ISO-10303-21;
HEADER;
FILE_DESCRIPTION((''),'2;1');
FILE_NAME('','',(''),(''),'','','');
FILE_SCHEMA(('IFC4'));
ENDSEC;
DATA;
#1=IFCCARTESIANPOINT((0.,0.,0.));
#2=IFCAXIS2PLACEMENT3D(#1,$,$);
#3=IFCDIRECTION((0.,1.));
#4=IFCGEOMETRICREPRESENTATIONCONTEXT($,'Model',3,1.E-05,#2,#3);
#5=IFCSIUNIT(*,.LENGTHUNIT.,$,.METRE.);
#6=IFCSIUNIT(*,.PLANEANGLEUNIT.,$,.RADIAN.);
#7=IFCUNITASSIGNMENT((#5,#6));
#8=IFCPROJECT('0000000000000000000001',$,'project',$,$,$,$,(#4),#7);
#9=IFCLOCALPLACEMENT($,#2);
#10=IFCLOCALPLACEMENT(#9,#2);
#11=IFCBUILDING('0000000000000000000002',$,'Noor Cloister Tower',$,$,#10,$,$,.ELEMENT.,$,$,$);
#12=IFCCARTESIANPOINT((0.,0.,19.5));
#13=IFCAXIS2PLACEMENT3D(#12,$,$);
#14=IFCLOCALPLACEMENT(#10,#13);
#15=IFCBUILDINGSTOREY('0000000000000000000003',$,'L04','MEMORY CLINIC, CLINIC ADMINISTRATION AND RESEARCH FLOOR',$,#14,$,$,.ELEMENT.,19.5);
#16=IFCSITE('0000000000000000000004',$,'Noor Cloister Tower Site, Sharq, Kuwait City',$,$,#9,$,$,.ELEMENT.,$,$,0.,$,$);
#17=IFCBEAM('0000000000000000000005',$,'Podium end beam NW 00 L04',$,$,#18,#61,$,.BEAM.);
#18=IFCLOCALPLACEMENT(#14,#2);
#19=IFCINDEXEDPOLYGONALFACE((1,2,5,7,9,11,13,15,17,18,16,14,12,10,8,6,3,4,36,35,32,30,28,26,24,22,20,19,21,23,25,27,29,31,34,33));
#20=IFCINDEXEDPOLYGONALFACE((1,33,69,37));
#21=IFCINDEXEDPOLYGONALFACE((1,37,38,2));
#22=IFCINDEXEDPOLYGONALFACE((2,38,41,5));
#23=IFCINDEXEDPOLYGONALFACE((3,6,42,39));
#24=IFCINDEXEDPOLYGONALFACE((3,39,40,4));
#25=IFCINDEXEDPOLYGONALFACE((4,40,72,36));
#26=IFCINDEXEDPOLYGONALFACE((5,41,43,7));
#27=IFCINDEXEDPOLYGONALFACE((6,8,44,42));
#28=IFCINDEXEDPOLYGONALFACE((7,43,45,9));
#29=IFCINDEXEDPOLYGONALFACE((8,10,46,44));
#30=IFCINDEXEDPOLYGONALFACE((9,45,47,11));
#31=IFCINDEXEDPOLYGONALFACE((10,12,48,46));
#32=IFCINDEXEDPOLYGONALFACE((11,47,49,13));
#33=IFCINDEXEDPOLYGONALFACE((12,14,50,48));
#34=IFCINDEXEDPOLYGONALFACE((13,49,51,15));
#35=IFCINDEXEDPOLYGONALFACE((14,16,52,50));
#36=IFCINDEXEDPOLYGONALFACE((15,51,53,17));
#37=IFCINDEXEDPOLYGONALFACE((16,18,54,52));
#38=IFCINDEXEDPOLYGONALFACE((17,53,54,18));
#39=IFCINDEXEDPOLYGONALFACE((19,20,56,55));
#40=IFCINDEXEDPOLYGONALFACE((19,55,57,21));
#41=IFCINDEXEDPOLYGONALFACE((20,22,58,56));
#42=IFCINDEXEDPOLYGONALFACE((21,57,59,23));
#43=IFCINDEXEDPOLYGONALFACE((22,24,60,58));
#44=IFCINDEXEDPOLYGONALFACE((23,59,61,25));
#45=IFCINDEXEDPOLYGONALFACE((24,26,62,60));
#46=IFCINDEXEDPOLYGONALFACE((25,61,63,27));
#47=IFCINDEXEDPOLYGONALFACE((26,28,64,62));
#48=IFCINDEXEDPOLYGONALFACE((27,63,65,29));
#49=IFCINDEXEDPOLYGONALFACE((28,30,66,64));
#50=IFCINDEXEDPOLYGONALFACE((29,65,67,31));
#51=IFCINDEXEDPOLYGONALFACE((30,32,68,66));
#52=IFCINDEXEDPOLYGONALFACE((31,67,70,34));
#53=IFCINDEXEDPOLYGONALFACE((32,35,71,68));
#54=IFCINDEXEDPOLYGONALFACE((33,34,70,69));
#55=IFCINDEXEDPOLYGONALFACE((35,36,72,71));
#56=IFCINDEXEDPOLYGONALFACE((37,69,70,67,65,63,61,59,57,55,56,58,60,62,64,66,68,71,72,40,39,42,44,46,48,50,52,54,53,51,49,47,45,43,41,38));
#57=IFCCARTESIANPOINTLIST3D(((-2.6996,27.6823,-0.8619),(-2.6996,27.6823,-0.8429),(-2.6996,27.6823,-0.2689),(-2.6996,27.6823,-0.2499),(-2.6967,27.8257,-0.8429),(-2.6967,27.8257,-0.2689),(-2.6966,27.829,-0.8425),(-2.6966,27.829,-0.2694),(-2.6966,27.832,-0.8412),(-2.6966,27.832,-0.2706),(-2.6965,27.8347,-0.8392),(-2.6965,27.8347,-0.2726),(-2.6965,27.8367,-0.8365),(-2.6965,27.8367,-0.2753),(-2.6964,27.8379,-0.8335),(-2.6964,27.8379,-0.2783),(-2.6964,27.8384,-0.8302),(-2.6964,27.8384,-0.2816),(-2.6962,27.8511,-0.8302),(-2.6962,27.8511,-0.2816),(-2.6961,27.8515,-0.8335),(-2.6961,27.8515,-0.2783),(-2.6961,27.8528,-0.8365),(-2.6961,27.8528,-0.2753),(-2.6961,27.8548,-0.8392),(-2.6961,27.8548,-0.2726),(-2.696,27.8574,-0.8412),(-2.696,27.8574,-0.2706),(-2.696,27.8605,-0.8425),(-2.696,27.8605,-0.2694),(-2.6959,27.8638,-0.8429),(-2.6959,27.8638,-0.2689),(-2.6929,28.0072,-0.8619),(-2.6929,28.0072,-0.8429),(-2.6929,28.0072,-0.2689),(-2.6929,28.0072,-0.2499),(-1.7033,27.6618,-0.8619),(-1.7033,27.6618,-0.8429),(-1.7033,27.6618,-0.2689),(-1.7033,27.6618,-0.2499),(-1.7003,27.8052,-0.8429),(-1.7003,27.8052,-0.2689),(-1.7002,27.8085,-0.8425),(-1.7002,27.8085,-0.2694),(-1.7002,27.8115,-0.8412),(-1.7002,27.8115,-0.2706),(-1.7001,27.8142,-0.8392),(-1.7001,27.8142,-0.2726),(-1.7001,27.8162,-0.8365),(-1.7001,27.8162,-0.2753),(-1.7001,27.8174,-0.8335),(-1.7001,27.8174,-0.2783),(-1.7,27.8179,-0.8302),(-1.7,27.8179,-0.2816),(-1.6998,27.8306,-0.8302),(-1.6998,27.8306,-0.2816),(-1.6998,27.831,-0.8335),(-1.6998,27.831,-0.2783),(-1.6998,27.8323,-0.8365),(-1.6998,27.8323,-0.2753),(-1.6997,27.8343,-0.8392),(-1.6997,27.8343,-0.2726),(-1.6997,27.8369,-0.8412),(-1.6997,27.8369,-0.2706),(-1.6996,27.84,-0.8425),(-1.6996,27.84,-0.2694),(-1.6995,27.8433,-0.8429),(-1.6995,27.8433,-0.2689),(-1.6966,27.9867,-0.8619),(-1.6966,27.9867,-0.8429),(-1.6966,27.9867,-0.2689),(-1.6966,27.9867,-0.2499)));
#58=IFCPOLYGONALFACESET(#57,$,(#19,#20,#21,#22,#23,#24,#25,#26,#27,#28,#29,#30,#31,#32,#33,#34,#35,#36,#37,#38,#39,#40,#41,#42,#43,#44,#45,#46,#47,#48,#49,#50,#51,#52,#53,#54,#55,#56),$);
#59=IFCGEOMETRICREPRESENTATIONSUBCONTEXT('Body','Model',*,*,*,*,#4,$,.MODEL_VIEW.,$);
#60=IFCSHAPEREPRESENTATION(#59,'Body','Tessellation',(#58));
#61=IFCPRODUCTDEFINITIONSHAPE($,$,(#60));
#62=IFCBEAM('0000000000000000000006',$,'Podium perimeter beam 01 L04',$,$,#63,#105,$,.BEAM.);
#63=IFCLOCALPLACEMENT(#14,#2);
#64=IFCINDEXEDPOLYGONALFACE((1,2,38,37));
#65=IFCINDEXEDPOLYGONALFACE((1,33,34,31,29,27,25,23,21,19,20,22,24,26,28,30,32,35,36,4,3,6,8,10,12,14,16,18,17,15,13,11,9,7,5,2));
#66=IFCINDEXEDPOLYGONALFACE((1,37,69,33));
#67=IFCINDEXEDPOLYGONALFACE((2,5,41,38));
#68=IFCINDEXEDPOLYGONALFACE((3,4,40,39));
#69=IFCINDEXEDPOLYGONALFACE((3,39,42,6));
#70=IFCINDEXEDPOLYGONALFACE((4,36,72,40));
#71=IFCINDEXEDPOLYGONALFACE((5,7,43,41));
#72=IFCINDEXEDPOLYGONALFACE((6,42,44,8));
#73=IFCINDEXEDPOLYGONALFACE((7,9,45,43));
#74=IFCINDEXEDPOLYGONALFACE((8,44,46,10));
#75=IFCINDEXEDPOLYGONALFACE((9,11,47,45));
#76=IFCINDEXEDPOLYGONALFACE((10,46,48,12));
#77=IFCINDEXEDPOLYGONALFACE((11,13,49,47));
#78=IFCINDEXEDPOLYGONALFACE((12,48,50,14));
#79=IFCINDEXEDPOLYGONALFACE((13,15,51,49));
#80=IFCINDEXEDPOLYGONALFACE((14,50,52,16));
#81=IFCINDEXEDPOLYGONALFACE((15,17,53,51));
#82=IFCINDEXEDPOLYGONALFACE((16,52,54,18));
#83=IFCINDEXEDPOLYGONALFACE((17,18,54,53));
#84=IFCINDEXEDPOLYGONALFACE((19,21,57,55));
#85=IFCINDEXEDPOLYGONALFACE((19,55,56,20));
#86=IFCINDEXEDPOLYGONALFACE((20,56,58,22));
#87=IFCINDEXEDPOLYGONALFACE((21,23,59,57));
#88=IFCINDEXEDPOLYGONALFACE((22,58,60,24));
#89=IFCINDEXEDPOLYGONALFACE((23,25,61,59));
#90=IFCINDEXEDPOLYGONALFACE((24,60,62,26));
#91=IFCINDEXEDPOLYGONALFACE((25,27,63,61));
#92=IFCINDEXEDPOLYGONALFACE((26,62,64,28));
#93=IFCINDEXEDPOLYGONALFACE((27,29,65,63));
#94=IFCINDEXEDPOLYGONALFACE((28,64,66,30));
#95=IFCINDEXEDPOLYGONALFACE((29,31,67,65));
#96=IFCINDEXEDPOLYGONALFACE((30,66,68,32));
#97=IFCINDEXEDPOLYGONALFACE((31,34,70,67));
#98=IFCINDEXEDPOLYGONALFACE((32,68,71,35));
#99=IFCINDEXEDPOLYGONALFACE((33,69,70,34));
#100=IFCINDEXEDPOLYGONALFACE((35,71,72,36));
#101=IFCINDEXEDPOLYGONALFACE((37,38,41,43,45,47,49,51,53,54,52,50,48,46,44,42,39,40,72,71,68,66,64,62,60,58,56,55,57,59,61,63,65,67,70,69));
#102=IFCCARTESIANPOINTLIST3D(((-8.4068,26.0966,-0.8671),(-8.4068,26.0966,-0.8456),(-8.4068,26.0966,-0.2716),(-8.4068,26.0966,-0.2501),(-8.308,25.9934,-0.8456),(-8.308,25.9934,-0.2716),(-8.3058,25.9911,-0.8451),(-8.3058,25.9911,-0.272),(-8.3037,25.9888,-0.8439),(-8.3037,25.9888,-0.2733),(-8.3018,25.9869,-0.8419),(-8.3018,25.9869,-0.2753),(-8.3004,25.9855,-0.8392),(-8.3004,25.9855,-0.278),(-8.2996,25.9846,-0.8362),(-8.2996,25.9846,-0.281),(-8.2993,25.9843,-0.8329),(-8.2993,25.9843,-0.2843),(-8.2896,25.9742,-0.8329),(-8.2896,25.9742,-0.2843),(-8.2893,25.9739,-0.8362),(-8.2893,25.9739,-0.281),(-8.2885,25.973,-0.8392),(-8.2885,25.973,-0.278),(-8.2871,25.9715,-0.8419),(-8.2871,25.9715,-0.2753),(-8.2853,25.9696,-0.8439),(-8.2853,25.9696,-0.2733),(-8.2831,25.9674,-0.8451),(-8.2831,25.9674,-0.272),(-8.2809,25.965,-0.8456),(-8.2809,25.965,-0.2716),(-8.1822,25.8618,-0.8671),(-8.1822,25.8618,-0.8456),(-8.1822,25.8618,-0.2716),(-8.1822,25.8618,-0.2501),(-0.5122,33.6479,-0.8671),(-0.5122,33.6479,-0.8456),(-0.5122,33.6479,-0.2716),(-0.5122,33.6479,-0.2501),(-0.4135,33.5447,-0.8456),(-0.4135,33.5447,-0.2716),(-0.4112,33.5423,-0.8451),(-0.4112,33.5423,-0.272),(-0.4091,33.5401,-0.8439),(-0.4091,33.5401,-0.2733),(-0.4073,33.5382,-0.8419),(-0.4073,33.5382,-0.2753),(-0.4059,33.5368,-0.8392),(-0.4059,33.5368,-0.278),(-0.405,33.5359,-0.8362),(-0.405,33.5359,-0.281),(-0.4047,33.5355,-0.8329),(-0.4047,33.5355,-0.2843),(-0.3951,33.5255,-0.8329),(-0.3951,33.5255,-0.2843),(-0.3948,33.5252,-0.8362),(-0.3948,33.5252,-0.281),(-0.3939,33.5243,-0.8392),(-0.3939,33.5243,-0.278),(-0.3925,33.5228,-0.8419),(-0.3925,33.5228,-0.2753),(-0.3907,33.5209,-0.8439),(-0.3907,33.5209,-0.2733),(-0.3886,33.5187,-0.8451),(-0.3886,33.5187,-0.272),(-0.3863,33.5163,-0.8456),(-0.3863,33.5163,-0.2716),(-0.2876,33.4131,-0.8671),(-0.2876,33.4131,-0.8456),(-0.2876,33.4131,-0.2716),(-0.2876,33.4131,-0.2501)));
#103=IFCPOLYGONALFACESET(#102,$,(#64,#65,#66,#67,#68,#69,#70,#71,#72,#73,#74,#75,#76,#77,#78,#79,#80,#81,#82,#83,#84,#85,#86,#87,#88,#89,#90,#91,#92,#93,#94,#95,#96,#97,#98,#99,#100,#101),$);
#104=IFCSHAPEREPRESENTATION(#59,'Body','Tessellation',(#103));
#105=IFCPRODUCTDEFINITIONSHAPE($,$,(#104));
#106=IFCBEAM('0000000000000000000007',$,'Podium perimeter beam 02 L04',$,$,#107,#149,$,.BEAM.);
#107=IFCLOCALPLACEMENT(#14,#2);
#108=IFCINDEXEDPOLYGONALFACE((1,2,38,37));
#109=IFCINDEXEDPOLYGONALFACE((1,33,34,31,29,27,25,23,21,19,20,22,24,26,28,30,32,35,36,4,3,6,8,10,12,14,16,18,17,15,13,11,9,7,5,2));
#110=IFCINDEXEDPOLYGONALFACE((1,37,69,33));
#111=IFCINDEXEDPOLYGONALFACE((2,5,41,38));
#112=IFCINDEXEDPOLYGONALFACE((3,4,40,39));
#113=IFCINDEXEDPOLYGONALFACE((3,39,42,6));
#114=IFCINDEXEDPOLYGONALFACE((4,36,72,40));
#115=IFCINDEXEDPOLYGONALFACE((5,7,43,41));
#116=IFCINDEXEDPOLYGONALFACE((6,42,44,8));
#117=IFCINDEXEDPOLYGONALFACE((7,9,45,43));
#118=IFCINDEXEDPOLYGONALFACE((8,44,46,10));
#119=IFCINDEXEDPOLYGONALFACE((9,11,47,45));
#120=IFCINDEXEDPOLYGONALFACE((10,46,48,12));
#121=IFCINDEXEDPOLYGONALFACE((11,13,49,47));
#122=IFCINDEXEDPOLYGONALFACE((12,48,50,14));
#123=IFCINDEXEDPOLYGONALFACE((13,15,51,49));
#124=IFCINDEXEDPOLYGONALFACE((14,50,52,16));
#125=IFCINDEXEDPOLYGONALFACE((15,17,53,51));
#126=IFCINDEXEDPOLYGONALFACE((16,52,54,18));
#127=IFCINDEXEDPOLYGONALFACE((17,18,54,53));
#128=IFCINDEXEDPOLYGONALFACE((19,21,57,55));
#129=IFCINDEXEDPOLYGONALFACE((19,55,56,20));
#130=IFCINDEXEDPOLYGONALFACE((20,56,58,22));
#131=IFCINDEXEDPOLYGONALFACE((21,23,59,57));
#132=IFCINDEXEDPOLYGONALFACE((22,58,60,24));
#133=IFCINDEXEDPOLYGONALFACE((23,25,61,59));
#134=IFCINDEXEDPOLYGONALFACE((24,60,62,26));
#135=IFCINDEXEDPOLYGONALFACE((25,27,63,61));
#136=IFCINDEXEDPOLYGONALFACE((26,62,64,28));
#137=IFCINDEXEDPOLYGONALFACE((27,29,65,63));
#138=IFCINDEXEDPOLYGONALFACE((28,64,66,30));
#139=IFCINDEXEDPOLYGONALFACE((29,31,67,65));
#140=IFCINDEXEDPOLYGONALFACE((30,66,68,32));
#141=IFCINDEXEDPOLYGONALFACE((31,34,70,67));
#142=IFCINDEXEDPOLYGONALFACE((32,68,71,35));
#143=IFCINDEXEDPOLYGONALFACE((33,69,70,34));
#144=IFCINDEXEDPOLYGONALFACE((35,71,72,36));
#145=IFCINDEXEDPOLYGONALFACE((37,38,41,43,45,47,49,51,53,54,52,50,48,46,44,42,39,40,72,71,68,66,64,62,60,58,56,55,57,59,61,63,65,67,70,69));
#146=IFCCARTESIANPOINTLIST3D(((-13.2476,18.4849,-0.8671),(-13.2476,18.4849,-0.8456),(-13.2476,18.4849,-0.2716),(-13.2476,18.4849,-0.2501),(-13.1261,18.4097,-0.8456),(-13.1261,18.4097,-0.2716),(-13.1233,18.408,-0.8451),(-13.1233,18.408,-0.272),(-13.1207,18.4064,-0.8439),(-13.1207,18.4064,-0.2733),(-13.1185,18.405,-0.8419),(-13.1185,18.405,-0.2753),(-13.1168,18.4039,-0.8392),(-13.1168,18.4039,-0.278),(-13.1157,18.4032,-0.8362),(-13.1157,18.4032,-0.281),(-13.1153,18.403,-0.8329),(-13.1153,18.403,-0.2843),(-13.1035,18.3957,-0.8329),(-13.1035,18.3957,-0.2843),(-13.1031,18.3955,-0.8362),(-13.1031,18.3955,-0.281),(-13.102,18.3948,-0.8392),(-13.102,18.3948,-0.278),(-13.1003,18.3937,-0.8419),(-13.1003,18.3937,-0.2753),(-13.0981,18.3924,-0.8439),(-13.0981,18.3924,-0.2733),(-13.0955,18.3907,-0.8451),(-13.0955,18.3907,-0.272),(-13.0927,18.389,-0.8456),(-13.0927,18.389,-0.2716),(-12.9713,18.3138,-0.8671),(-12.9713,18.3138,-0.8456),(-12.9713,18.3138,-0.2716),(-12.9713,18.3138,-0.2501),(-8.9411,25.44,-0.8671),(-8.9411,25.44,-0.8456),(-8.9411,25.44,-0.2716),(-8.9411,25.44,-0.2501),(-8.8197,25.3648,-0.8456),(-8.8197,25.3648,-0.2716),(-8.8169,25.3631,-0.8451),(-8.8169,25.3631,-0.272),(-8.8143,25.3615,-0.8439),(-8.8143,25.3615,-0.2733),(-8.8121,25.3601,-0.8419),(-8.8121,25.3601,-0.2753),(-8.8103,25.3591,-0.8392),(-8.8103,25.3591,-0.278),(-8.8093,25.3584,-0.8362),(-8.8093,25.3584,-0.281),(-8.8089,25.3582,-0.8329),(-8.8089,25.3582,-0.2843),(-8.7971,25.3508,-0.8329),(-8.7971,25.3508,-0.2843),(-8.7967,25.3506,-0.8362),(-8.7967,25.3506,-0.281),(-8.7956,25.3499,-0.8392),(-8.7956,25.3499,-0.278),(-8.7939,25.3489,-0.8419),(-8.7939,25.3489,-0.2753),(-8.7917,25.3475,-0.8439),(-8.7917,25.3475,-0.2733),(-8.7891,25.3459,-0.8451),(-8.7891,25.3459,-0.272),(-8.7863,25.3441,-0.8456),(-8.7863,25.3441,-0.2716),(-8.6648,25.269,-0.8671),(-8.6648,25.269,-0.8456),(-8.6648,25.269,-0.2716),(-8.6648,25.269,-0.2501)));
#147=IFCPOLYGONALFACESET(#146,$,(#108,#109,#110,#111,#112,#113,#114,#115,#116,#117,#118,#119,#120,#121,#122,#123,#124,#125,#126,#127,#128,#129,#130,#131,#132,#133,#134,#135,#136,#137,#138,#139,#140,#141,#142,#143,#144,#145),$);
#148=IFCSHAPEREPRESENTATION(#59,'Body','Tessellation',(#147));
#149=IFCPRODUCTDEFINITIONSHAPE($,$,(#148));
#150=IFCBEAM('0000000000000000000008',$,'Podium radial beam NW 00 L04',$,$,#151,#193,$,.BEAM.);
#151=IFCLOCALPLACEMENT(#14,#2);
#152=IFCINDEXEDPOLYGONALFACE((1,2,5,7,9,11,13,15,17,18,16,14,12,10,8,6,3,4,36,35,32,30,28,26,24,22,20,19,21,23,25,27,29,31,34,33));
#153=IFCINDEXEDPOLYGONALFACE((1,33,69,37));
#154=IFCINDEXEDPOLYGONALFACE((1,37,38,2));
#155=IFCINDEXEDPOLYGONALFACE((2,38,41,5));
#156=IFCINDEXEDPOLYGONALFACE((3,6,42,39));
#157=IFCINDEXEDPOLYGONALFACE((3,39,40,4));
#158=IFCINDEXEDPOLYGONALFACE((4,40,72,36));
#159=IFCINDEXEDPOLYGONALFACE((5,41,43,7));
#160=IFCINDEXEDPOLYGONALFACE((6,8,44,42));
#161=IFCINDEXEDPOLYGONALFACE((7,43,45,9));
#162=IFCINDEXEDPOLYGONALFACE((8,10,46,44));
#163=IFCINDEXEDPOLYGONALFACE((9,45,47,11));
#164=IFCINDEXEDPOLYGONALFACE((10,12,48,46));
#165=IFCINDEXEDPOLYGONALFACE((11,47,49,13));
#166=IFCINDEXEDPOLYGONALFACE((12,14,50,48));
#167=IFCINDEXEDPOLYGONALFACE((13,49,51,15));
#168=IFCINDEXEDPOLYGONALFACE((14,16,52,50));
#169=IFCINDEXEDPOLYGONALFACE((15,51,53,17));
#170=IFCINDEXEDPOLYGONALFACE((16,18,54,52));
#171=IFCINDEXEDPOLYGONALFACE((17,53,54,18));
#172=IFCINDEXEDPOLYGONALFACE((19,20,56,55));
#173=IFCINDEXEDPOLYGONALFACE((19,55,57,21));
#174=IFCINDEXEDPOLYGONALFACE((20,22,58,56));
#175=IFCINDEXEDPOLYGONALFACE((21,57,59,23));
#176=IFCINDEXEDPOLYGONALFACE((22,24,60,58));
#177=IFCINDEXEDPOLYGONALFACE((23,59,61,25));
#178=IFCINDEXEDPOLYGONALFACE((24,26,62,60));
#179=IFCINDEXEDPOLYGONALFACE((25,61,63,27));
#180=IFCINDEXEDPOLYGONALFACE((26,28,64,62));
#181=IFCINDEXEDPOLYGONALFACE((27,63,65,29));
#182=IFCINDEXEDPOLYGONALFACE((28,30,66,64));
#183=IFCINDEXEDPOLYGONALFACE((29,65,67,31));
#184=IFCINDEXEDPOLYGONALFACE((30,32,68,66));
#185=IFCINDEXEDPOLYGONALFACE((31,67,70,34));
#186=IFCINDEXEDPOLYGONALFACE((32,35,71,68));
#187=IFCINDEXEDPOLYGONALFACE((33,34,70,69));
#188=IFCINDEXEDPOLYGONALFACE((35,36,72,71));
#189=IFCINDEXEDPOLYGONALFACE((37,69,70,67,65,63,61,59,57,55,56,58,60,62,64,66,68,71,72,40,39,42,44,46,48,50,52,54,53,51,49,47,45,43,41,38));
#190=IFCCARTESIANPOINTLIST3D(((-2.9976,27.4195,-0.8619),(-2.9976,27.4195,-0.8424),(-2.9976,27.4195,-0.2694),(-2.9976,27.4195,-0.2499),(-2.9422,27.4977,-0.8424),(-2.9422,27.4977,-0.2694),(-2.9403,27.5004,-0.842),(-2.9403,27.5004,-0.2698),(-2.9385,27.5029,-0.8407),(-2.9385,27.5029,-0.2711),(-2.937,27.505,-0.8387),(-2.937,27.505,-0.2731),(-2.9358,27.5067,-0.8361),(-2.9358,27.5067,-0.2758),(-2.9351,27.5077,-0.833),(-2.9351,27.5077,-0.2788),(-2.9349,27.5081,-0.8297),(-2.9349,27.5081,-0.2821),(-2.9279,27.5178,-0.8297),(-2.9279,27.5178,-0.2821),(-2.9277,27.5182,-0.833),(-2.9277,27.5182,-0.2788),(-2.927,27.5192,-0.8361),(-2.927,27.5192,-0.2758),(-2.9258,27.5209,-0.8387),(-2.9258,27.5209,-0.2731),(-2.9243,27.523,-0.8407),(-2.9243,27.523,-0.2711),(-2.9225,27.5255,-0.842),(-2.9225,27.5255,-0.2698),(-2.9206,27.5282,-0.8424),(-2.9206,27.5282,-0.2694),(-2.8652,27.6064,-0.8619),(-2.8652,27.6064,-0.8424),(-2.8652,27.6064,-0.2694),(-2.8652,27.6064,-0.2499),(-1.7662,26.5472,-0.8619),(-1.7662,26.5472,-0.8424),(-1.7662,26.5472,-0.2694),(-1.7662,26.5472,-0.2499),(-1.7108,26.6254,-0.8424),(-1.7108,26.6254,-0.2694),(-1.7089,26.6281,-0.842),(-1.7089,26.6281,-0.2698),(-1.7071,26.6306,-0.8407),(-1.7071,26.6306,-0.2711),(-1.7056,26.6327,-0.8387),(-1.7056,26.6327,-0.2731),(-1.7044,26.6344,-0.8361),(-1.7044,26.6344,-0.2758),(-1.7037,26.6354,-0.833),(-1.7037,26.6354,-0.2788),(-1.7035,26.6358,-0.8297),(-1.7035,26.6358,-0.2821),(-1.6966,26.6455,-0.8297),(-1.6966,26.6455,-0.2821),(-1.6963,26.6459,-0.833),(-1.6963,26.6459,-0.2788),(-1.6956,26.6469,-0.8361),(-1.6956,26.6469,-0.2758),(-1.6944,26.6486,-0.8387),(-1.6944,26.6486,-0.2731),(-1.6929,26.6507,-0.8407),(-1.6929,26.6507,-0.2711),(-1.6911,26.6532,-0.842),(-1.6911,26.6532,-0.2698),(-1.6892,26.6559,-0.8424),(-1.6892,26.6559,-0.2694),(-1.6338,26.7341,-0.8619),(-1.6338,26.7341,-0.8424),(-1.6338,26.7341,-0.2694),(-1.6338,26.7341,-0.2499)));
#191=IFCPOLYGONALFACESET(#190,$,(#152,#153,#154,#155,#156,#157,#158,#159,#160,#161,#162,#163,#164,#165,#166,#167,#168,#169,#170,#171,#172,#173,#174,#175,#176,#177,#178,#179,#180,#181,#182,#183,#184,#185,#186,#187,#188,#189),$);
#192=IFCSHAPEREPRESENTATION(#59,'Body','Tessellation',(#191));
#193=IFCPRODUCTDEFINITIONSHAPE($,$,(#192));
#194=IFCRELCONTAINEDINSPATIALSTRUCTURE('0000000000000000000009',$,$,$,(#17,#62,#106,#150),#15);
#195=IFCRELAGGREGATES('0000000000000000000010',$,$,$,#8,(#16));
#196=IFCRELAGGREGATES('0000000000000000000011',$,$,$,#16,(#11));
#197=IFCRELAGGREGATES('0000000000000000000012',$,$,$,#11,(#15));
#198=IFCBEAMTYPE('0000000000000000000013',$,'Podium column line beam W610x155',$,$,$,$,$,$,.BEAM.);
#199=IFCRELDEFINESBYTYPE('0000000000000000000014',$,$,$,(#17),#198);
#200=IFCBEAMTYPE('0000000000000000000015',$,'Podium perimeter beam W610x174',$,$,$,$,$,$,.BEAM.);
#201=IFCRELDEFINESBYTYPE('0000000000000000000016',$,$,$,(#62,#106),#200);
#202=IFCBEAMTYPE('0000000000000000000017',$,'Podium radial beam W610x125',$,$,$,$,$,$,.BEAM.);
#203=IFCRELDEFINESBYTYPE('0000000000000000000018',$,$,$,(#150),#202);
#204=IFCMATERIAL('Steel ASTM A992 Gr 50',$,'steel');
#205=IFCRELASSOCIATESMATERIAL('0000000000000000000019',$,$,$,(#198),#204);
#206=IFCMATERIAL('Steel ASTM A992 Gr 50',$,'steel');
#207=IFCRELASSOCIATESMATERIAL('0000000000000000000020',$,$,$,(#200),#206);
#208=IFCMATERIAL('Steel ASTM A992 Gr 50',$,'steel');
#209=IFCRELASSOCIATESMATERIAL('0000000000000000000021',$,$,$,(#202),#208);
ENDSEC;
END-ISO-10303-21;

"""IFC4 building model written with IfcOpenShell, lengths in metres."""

from ifc_helpers import new_model, si_unit, direction, frame, origin, origin_2d, place, context, subcontext, project, spatial, i_section, extrude, material, material_profile, profile_set, type_object, element, save


model = new_model("IFC4")

# Units and contexts
model_context = context("Model", 3, precision=1e-05, world=origin(), true_north=direction((0.0, 1.0)))
body_context = subcontext(model_context, "Body", "Model", "MODEL_VIEW")
ifc_project = project(units=[si_unit("LENGTHUNIT", "METRE"), si_unit("PLANEANGLEUNIT", "RADIAN")], contexts=[model_context])

# Site, building, storey
site_placement = place(None, origin())
site = spatial("IfcSite", under=ifc_project, at=site_placement, Name="Noor Cloister Tower Site, Sharq, Kuwait City", CompositionType="ELEMENT", RefElevation=0.0)
building_placement = place(site_placement, origin())
building = spatial("IfcBuilding", under=site, at=building_placement, Name="Noor Cloister Tower", CompositionType="ELEMENT")
storey_placement = place(building_placement, frame((0.0, 0.0, 19.5)))
storey = spatial("IfcBuildingStorey", under=building, at=storey_placement, Name="L04", Description="MEMORY CLINIC, CLINIC ADMINISTRATION AND RESEARCH FLOOR", CompositionType="ELEMENT", Elevation=19.5)

# Beams
ifc_material_1 = material(Name="Steel ASTM A992 Gr 50", Category="steel")
ifc_material_profile_1 = material_profile(ifc_material_1, i_section(OverallWidth=0.325, OverallDepth=0.6121, WebThickness=0.0127, FlangeThickness=0.019, FilletRadius=0.0127, at=origin_2d()), Name="W610x155")
ifc_profile_set_1 = profile_set([ifc_material_profile_1], Name="Steel ASTM A992 Gr 50")
beam_type_1 = type_object("IfcBeamType", Name="Podium column line beam W610x155", PredefinedType="BEAM", material=ifc_profile_set_1)
beam_1_placement = place(storey_placement, frame((-2.6963, 27.8447, -0.5559), z_axis=(0.999788, -0.020579, 0.0), x_axis=(0.020579, 0.999788, 0.0)))
element("IfcBeam", 1, at=beam_1_placement, inside=storey, type_object=beam_type_1, Name="Podium end beam NW 00 L04", PredefinedType="BEAM", context=body_context, shape_type="SweptSolid", body=[
    extrude(i_section(OverallWidth=0.325, OverallDepth=0.6121, WebThickness=0.0127, FlangeThickness=0.019, FilletRadius=0.0127, at=origin_2d()), origin(), (0.0, 0.0, 1.0), 0.9966),
])
ifc_material_2 = material(Name="Steel ASTM A992 Gr 50", Category="steel")
ifc_material_profile_2 = material_profile(ifc_material_2, i_section(OverallWidth=0.325, OverallDepth=0.6169, WebThickness=0.0139, FlangeThickness=0.0215, FilletRadius=0.0127, at=origin_2d()), Name="W610x174")
ifc_profile_set_2 = profile_set([ifc_material_profile_2], Name="Steel ASTM A992 Gr 50")
beam_type_2 = type_object("IfcBeamType", Name="Podium perimeter beam W610x174", PredefinedType="BEAM", material=ifc_profile_set_2)
beam_2_placement = place(storey_placement, frame((-0.3999, 33.5305, -0.5586), z_axis=(-0.722643, -0.691222, 0.0), x_axis=(0.691222, -0.722643, 0.0)))
element("IfcBeam", 2, at=beam_2_placement, inside=storey, type_object=beam_type_2, Name="Podium perimeter beam 01 L04", PredefinedType="BEAM", context=body_context, shape_type="SweptSolid", body=[
    extrude(i_section(OverallWidth=0.325, OverallDepth=0.6169, WebThickness=0.0139, FlangeThickness=0.0215, FilletRadius=0.0127, at=origin_2d()), origin(), (0.0, 0.0, 1.0), 10.9246),
])
beam_3_placement = place(storey_placement, frame((-8.803, 25.3545, -0.5586), z_axis=(-0.526432, -0.850217, 0.0), x_axis=(0.850217, -0.526432, 0.0)))
element("IfcBeam", 3, at=beam_3_placement, inside=storey, type_object=beam_type_2, Name="Podium perimeter beam 02 L04", PredefinedType="BEAM", context=body_context, shape_type="SweptSolid", body=[
    extrude(i_section(OverallWidth=0.325, OverallDepth=0.6169, WebThickness=0.0139, FlangeThickness=0.0215, FilletRadius=0.0127, at=origin_2d()), origin(), (0.0, 0.0, 1.0), 8.1804),
])
ifc_material_3 = material(Name="Steel ASTM A992 Gr 50", Category="steel")
ifc_material_profile_3 = material_profile(ifc_material_3, i_section(OverallWidth=0.229, OverallDepth=0.6121, WebThickness=0.012, FlangeThickness=0.0195, FilletRadius=0.0127, at=origin_2d()), Name="W610x125")
ifc_profile_set_3 = profile_set([ifc_material_profile_3], Name="Steel ASTM A992 Gr 50")
beam_type_3 = type_object("IfcBeamType", Name="Podium radial beam W610x125", PredefinedType="BEAM", material=ifc_profile_set_3)
beam_4_placement = place(storey_placement, frame((-2.9314, 27.5129, -0.5559), z_axis=(0.816012, -0.578035, 0.0), x_axis=(0.578035, 0.816012, 0.0)))
element("IfcBeam", 4, at=beam_4_placement, inside=storey, type_object=beam_type_3, Name="Podium radial beam NW 00 L04", PredefinedType="BEAM", context=body_context, shape_type="SweptSolid", body=[
    extrude(i_section(OverallWidth=0.229, OverallDepth=0.6121, WebThickness=0.012, FlangeThickness=0.0195, FilletRadius=0.0127, at=origin_2d()), origin(), (0.0, 0.0, 1.0), 1.509),
])

save(model, "model.ifc")
